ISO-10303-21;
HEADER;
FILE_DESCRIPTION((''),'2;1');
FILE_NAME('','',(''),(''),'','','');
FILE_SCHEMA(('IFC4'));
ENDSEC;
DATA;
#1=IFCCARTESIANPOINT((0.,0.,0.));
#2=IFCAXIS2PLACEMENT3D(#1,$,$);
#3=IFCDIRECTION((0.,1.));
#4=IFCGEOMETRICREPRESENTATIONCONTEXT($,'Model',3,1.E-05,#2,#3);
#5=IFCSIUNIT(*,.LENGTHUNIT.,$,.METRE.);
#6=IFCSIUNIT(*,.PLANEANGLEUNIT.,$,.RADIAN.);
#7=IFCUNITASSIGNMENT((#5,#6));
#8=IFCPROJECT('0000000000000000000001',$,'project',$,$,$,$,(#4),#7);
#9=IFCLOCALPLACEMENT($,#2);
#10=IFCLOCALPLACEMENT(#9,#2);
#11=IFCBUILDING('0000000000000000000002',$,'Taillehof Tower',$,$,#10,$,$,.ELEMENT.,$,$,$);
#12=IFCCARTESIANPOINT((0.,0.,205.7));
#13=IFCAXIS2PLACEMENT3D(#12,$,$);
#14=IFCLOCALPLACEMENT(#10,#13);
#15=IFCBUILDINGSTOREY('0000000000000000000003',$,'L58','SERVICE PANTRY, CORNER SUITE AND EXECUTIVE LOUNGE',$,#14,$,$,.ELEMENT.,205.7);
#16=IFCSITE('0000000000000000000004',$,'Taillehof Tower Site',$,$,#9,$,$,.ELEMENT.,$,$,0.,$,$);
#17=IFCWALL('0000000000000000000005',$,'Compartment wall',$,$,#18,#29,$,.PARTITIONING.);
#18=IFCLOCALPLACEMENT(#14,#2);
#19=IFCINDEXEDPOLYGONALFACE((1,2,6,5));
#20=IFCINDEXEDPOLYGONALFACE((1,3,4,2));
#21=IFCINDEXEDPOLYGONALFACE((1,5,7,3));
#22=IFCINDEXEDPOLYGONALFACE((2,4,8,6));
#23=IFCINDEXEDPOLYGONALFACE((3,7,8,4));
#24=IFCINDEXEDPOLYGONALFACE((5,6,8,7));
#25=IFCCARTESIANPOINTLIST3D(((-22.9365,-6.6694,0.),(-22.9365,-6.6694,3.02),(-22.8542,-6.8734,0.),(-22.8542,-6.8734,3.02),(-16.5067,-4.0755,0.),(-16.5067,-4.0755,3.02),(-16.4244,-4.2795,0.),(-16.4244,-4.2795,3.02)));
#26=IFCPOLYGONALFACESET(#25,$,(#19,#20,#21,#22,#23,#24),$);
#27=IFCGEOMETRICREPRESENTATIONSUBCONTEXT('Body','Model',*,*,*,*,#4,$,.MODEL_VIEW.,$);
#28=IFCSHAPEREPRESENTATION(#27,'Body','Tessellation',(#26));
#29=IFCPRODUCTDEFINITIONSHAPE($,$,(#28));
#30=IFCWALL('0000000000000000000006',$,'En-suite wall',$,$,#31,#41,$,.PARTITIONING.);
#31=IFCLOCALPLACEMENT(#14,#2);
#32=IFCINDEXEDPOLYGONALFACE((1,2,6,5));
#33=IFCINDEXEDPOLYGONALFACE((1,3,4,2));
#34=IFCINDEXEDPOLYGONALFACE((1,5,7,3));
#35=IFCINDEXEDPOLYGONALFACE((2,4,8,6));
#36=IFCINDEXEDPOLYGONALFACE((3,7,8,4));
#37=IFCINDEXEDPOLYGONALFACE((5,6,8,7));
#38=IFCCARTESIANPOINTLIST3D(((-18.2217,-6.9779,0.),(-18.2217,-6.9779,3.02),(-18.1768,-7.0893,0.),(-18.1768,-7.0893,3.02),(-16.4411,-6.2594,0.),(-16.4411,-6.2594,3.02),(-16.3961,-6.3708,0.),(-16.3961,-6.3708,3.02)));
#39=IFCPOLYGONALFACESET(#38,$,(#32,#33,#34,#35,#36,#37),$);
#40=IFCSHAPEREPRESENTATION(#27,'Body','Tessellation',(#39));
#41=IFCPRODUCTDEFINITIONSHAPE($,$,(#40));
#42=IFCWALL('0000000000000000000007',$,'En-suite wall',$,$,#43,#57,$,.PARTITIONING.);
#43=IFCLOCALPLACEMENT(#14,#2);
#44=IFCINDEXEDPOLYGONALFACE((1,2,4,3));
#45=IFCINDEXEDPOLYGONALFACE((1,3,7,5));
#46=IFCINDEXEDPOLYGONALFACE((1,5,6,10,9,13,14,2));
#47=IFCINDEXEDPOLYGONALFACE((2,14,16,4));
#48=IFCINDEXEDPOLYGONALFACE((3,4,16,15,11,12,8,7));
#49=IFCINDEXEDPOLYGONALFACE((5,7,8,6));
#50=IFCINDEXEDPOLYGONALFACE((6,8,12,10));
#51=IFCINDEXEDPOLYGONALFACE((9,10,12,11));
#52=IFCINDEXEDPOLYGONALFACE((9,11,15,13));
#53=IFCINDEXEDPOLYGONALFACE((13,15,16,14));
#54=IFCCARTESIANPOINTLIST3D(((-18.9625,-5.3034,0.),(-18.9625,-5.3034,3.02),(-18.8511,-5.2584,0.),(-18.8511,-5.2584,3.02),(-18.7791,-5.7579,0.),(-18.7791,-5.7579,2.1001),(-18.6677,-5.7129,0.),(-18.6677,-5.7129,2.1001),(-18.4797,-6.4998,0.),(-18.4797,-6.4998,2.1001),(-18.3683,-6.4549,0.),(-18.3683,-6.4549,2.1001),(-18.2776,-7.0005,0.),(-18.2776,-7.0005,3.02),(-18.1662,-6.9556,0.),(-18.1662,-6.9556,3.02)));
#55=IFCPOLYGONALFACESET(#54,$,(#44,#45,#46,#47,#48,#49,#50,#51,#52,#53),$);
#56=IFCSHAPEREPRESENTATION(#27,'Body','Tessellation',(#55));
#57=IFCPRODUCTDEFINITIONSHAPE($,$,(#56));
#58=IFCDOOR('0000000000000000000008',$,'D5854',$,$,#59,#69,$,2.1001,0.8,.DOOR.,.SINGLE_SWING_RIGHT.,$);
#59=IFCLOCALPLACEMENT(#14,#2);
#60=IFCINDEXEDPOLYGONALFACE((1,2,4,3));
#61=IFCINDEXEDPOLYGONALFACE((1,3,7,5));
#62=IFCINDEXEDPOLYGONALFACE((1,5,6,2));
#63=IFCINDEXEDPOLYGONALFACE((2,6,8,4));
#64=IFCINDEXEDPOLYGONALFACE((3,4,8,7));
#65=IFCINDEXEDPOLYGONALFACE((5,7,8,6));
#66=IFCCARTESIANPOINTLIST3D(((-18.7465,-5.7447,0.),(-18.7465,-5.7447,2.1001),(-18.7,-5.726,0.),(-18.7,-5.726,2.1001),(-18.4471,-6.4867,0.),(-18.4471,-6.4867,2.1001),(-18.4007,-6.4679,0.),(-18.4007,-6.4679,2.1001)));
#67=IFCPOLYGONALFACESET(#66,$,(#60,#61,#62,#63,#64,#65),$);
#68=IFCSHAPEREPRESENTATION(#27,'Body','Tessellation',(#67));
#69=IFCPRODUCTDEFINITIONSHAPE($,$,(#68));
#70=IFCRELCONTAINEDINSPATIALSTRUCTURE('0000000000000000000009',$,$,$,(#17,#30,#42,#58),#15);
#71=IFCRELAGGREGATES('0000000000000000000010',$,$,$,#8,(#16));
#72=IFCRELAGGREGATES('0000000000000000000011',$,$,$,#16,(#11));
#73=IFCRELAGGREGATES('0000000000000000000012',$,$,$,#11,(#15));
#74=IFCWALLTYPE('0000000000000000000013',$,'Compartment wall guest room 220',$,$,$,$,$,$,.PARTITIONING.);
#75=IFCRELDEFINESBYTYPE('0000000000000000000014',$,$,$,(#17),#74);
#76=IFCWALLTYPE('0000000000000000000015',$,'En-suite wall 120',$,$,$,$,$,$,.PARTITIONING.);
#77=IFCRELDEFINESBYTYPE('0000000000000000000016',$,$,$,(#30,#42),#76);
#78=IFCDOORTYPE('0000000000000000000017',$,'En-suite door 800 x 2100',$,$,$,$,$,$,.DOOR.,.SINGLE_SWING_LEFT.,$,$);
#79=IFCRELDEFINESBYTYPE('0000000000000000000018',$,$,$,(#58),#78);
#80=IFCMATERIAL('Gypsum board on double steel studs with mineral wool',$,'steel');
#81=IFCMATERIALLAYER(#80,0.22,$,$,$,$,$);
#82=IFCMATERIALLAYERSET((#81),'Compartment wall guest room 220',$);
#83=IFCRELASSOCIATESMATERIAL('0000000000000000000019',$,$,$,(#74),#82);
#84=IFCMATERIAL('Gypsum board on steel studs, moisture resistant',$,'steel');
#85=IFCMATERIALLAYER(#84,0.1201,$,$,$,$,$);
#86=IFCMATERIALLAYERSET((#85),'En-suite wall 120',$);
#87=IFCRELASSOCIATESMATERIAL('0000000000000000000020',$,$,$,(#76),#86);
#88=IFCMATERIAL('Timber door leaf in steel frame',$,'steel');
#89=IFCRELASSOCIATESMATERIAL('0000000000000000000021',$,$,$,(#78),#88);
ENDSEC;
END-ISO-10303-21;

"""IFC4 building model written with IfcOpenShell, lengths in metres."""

from ifc_helpers import new_model, si_unit, direction, frame, frame_2d, origin, place, context, subcontext, project, spatial, rectangle, extrude, material, layer, layer_set, type_object, element, fill, save


model = new_model("IFC4")

# Units and contexts
model_context = context("Model", 3, precision=1e-05, world=origin(), true_north=direction((0.0, 1.0)))
body_context = subcontext(model_context, "Body", "Model", "MODEL_VIEW")
ifc_project = project(units=[si_unit("LENGTHUNIT", "METRE"), si_unit("PLANEANGLEUNIT", "RADIAN")], contexts=[model_context])

# Site, building, storey
site_placement = place(None, origin())
site = spatial("IfcSite", under=ifc_project, at=site_placement, Name="Taillehof Tower Site", CompositionType="ELEMENT", RefElevation=0.0)
building_placement = place(site_placement, origin())
building = spatial("IfcBuilding", under=site, at=building_placement, Name="Taillehof Tower", CompositionType="ELEMENT")
storey_placement = place(building_placement, frame((0.0, 0.0, 205.7)))
storey = spatial("IfcBuildingStorey", under=building, at=storey_placement, Name="L58", Description="SERVICE PANTRY, CORNER SUITE AND EXECUTIVE LOUNGE", CompositionType="ELEMENT", Elevation=205.7)

# Walls
ifc_material_1 = material(Name="Gypsum board on double steel studs with mineral wool", Category="steel")
ifc_layer_1 = layer(ifc_material_1, 0.22)
ifc_layer_set_1 = layer_set([ifc_layer_1], Name="Compartment wall guest room 220")
wall_type_1 = type_object("IfcWallType", Name="Compartment wall guest room 220", PredefinedType="PARTITIONING", material=ifc_layer_set_1)
wall_1_placement = place(storey_placement, frame((-22.8955, -6.7715, 0.0), z_axis=(0.0, 0.0, 1.0), x_axis=(0.927377, 0.374127, 0.0)))
element("IfcWall", 1, at=wall_1_placement, inside=storey, type_object=wall_type_1, Name="Compartment wall", PredefinedType="PARTITIONING", context=body_context, shape_type="SweptSolid", body=[
    extrude(rectangle(XDim=6.9333, YDim=0.22, at=frame_2d((3.4668, 0.0))), origin(), (0.0, 0.0, 1.0), 3.02),
])
ifc_material_2 = material(Name="Gypsum board on steel studs, moisture resistant", Category="steel")
ifc_layer_2 = layer(ifc_material_2, 0.1201)
ifc_layer_set_2 = layer_set([ifc_layer_2], Name="En-suite wall 120")
wall_type_2 = type_object("IfcWallType", Name="En-suite wall 120", PredefinedType="PARTITIONING", material=ifc_layer_set_2)
wall_2_placement = place(storey_placement, frame((-16.4187, -6.3152, 0.0), z_axis=(0.0, 0.0, 1.0), x_axis=(-0.927359, -0.374173, 0.0)))
element("IfcWall", 2, at=wall_2_placement, inside=storey, type_object=wall_type_2, Name="En-suite wall", PredefinedType="PARTITIONING", context=body_context, shape_type="SweptSolid", body=[
    extrude(rectangle(XDim=1.9202, YDim=0.1201, at=frame_2d((0.96, 0.0))), origin(), (0.0, 0.0, 1.0), 3.02),
])

# Wall, opening, door
wall_3_placement = place(storey_placement, frame((-18.2219, -6.978, 0.0), z_axis=(0.0, 0.0, 1.0), x_axis=(-0.374218, 0.927341, 0.0)))
wall_3 = element("IfcWall", 3, at=wall_3_placement, inside=storey, type_object=wall_type_2, Name="En-suite wall", PredefinedType="PARTITIONING", context=body_context, shape_type="SweptSolid", body=[
    extrude(rectangle(XDim=1.8301, YDim=0.1201, at=frame_2d((0.915, 0.0))), origin(), (0.0, 0.0, 1.0), 3.02),
])
opening_1_placement = place(wall_3_placement, frame((0.54, 0.0, 0.0)))
opening_1 = element("IfcOpeningElement", 4, at=opening_1_placement, cuts=wall_3, PredefinedType="OPENING", context=body_context, shape_type="SweptSolid", body=[
    extrude(rectangle(XDim=0.8, YDim=2.1001, at=frame_2d((0.3999, 1.05))), frame((0.0, 0.0701, 0.0), z_axis=(0.0, -1.0, 0.0), x_axis=(1.0, 0.0, 0.0)), (0.0, 0.0, 1.0), 0.1401),
])
ifc_material_3 = material(Name="Timber door leaf in steel frame", Category="steel")
door_type_1 = type_object("IfcDoorType", Name="En-suite door 800 x 2100", OperationType="SINGLE_SWING_LEFT", PredefinedType="DOOR", material=ifc_material_3)
door_1_placement = place(opening_1_placement, origin())
door_1 = element("IfcDoor", 5, at=door_1_placement, inside=storey, type_object=door_type_1, Name="D5854", OperationType="SINGLE_SWING_RIGHT", OverallHeight=2.1001, OverallWidth=0.8, PredefinedType="DOOR", context=body_context, shape_type="SweptSolid", body=[
    extrude(rectangle(XDim=0.8, YDim=2.1001, at=frame_2d((0.3999, 1.05))), frame((0.0, 0.0249, 0.0), z_axis=(0.0, -1.0, 0.0), x_axis=(1.0, 0.0, 0.0)), (0.0, 0.0, 1.0), 0.05),
])
fill(opening_1, door_1)

save(model, "model.ifc")
